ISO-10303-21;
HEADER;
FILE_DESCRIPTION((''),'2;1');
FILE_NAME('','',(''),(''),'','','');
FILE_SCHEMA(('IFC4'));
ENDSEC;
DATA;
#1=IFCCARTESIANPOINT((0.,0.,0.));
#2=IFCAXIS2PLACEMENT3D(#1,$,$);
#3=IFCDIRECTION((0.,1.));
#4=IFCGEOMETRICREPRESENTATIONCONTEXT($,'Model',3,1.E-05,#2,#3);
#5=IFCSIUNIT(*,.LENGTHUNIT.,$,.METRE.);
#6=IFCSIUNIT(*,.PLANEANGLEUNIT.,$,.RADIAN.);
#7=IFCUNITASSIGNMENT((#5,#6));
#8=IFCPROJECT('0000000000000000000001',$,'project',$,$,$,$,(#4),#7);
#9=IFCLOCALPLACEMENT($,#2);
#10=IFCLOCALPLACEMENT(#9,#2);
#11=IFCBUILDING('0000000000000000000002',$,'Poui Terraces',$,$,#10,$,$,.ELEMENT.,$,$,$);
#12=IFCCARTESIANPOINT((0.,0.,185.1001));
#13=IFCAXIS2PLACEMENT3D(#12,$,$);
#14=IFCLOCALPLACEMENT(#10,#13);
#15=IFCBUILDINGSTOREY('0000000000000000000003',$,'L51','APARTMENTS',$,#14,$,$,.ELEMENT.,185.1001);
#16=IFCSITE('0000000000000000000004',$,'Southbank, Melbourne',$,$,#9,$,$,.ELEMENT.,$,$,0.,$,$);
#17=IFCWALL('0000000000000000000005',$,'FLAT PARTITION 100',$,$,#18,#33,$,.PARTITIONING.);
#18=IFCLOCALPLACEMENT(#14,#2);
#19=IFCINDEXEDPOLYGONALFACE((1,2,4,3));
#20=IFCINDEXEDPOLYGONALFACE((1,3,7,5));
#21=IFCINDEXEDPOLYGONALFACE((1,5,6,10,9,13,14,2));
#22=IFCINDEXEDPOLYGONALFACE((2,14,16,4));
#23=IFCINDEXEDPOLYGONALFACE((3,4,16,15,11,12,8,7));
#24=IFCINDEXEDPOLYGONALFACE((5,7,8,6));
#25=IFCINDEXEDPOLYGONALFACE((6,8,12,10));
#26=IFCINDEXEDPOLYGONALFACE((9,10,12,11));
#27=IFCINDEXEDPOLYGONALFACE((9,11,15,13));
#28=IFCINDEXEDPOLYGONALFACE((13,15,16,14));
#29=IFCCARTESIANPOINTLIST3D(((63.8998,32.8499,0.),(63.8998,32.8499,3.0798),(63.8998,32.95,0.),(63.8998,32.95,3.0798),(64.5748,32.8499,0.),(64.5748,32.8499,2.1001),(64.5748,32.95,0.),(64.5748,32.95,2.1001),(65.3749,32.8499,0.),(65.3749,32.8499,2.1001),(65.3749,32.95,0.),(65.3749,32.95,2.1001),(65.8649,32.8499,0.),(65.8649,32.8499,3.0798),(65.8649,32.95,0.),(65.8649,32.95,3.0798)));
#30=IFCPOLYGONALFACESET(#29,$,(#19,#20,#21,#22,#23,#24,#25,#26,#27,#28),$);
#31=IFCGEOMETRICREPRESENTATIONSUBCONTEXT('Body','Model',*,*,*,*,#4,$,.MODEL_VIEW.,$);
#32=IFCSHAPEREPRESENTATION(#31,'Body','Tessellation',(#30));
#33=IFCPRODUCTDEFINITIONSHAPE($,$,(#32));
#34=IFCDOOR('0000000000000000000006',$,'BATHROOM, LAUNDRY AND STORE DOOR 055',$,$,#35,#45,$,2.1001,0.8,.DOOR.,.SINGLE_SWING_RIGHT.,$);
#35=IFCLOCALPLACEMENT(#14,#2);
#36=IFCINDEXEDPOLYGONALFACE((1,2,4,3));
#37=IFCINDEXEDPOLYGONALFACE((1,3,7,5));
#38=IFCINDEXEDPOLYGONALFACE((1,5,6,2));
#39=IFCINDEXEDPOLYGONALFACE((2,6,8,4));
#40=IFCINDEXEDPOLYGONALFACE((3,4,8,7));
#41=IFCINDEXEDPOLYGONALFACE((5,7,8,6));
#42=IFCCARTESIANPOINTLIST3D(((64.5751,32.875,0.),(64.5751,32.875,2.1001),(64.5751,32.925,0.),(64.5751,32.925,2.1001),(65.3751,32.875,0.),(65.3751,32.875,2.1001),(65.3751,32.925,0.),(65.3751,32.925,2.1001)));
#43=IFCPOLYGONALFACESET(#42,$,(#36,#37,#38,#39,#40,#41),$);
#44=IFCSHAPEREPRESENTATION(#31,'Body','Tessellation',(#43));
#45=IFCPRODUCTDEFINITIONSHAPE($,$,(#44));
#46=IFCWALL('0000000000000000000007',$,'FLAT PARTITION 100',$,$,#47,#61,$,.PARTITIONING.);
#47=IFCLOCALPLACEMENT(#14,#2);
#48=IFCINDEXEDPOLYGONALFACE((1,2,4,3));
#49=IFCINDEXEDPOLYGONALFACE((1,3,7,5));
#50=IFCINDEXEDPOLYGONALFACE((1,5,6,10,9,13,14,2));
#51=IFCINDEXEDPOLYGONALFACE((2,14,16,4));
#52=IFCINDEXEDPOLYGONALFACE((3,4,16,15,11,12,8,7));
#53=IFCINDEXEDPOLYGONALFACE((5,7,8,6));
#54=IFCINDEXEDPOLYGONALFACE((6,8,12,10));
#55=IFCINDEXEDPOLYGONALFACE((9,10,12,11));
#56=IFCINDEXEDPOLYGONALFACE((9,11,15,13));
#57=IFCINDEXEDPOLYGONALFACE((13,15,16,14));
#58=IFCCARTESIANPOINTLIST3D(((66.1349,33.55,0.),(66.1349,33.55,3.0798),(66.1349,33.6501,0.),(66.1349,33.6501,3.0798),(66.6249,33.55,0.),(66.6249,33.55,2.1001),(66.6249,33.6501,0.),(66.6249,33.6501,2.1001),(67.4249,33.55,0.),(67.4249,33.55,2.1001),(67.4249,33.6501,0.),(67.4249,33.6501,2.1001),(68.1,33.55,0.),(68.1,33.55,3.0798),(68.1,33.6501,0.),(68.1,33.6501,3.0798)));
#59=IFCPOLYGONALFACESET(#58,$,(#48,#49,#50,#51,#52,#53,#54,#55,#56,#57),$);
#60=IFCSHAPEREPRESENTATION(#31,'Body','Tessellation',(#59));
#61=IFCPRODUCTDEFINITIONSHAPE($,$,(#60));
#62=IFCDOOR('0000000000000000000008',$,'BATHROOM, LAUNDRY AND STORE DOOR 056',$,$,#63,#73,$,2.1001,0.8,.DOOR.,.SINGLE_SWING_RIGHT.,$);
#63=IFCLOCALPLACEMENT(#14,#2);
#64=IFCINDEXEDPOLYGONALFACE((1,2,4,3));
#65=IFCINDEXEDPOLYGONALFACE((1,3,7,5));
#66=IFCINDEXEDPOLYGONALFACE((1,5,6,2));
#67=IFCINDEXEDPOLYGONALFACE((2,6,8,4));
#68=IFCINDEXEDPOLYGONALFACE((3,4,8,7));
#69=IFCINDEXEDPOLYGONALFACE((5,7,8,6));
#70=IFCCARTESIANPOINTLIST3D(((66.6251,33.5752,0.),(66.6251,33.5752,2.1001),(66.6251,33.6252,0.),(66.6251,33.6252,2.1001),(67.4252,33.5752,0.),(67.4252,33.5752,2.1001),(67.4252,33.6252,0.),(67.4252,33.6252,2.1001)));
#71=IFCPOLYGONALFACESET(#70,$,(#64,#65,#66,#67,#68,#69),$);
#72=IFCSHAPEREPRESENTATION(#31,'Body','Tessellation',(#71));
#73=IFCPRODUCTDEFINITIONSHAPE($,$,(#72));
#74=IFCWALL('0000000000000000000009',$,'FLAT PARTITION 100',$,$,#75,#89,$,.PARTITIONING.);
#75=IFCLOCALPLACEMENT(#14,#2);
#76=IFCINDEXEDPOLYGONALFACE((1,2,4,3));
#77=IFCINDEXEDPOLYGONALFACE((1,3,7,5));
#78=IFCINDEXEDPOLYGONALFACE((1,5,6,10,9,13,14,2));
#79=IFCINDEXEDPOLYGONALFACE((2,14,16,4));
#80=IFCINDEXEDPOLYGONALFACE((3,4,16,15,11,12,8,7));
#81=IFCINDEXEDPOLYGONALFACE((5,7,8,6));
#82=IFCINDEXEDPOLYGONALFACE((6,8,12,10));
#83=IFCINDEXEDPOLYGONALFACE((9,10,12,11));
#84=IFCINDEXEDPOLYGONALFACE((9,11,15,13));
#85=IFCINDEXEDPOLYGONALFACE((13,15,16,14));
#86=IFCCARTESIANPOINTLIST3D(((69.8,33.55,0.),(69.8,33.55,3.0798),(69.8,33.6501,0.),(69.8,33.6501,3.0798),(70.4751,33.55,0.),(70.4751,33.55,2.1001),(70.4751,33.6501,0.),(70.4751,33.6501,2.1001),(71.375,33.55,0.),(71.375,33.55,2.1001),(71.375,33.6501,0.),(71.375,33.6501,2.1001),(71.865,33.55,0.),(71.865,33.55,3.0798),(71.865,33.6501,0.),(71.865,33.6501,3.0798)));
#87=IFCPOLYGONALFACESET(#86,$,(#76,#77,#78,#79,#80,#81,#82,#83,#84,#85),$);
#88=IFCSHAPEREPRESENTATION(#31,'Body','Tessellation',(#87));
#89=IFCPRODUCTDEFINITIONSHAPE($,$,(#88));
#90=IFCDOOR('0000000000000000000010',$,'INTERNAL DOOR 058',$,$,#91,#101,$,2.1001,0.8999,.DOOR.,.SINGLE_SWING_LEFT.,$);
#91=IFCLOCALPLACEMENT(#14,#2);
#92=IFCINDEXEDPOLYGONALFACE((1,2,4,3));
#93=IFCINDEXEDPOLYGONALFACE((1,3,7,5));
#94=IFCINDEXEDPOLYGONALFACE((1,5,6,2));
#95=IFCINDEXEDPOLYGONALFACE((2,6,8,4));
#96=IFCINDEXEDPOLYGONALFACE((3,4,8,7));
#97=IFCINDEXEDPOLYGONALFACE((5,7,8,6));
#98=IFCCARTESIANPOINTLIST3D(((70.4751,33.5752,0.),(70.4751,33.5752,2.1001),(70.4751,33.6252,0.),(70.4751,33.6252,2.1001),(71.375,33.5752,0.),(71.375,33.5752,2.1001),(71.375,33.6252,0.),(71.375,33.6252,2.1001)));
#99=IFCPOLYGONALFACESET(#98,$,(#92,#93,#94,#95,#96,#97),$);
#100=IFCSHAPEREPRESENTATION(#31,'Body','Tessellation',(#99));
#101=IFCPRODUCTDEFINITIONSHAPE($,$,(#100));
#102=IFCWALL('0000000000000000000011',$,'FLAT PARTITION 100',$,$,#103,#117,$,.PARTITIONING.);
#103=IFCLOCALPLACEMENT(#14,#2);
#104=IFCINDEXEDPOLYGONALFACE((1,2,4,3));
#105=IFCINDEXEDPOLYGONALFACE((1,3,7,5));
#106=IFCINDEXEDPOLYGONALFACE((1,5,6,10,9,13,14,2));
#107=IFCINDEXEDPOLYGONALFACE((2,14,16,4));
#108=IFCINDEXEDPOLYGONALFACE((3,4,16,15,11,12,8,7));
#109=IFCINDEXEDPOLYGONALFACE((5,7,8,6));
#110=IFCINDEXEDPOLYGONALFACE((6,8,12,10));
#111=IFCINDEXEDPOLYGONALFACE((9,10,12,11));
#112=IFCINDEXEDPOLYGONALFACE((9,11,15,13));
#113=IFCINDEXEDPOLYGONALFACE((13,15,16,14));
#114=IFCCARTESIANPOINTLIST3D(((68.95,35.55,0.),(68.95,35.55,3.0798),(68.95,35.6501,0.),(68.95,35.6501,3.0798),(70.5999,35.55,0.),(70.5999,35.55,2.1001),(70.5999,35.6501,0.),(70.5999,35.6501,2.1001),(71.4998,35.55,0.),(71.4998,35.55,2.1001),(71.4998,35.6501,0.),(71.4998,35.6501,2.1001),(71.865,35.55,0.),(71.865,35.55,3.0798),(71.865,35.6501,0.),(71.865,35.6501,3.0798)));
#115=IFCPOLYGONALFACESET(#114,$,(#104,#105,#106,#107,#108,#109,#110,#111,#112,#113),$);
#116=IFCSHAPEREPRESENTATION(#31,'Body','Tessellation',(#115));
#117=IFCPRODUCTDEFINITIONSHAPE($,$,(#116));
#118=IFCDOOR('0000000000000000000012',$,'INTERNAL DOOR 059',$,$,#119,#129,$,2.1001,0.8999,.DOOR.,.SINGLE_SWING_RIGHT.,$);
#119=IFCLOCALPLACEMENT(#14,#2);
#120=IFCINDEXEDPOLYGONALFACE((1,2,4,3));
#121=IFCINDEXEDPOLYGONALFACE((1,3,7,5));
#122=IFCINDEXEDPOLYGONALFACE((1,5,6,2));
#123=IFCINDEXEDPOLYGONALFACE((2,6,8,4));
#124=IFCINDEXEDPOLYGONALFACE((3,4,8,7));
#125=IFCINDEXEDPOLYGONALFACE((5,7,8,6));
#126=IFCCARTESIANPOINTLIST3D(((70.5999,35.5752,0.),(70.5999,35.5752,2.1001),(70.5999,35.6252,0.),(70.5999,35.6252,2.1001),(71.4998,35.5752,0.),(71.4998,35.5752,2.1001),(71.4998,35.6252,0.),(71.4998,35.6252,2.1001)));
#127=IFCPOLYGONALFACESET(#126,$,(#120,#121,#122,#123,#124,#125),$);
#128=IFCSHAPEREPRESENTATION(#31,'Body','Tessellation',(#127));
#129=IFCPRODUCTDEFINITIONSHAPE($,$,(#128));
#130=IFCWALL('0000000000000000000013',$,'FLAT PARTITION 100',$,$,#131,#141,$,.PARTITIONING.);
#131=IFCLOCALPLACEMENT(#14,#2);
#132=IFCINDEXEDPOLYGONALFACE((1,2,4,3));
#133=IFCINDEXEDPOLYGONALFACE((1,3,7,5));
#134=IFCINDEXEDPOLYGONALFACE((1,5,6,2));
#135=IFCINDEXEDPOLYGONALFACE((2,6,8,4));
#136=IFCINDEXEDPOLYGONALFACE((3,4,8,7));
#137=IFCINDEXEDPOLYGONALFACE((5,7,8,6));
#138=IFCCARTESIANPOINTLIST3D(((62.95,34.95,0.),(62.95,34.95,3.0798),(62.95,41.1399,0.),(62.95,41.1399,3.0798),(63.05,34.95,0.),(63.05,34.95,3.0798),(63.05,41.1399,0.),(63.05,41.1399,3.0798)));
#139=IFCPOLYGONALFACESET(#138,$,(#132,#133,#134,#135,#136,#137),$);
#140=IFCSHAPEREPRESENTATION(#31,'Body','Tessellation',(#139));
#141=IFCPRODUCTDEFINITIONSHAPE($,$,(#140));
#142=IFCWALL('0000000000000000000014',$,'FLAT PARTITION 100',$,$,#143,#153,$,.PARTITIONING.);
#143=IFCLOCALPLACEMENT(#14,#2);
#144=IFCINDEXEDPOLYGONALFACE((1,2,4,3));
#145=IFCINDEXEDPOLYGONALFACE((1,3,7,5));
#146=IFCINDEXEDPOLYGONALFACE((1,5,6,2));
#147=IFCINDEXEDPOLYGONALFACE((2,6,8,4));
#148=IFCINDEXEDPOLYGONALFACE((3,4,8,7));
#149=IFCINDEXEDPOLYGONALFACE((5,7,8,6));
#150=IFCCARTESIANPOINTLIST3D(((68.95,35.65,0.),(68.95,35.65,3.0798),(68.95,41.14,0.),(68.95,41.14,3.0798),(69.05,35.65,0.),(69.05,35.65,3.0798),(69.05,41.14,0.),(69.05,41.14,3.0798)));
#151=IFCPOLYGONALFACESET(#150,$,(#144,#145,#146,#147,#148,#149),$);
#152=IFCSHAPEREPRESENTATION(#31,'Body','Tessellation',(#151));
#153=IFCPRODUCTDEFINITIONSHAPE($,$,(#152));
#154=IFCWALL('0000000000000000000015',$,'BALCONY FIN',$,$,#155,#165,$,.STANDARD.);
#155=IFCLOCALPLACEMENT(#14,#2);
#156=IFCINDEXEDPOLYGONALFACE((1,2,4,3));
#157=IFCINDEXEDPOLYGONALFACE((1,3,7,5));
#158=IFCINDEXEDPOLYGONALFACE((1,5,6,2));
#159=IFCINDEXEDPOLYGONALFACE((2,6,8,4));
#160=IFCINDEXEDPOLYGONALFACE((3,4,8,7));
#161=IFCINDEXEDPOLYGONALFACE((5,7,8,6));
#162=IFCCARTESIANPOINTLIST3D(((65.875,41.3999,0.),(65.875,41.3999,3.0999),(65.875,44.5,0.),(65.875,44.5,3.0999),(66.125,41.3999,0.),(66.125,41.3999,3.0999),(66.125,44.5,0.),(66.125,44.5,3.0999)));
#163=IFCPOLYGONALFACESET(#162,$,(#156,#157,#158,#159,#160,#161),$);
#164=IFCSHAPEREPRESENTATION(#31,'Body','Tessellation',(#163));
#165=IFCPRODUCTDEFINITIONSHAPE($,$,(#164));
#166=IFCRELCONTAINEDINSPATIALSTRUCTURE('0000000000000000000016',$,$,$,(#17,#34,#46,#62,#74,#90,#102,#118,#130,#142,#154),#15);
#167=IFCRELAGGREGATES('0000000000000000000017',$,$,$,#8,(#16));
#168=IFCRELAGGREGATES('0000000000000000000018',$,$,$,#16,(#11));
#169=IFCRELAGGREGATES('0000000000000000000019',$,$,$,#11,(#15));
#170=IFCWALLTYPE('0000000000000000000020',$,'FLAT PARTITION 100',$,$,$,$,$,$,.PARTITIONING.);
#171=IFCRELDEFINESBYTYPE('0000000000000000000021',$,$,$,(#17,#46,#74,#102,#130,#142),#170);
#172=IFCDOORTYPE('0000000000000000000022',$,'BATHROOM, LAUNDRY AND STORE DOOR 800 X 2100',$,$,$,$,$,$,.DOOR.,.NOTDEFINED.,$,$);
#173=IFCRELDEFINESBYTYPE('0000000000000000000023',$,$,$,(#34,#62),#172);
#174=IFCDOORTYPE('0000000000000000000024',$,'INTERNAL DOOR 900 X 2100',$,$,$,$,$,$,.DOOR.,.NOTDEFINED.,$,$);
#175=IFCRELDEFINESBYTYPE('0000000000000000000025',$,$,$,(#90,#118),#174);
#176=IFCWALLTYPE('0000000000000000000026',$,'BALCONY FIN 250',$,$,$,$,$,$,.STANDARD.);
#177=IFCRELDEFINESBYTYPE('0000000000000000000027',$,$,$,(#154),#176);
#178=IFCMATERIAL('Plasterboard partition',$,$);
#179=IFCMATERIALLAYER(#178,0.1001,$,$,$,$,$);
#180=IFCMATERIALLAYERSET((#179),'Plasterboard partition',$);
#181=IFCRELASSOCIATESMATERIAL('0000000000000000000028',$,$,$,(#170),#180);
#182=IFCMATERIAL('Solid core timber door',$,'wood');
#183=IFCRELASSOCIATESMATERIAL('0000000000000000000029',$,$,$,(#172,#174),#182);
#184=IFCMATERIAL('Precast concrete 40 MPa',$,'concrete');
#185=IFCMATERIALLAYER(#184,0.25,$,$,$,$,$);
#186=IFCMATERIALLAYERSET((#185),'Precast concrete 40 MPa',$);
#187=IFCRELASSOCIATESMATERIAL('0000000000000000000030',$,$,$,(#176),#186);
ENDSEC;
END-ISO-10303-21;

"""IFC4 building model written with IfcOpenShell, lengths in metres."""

from ifc_helpers import new_model, si_unit, direction, frame, frame_2d, origin, place, context, subcontext, project, spatial, polyline, rectangle, outline, extrude, source, transform, mapped, material, layer, layer_set, type_object, element, fill, save


model = new_model("IFC4")

# Units and contexts
model_context = context("Model", 3, precision=1e-05, world=origin(), true_north=direction((0.0, 1.0)))
body_context = subcontext(model_context, "Body", "Model", "MODEL_VIEW")
ifc_project = project(units=[si_unit("LENGTHUNIT", "METRE"), si_unit("PLANEANGLEUNIT", "RADIAN")], contexts=[model_context])

# Site, building, storey
site_placement = place(None, origin())
site = spatial("IfcSite", under=ifc_project, at=site_placement, Name="Southbank, Melbourne", CompositionType="ELEMENT", RefElevation=0.0)
building_placement = place(site_placement, origin())
building = spatial("IfcBuilding", under=site, at=building_placement, Name="Poui Terraces", CompositionType="ELEMENT")
storey_placement = place(building_placement, frame((0.0, 0.0, 185.1001)))
storey = spatial("IfcBuildingStorey", under=building, at=storey_placement, Name="L51", Description="APARTMENTS", CompositionType="ELEMENT", Elevation=185.1001)

# Walls, openings, doors
ifc_material_1 = material(Name="Plasterboard partition")
ifc_layer_1 = layer(ifc_material_1, 0.1001)
ifc_layer_set_1 = layer_set([ifc_layer_1], Name="Plasterboard partition")
wall_type_1 = type_object("IfcWallType", Name="FLAT PARTITION 100", PredefinedType="PARTITIONING", material=ifc_layer_set_1)
wall_1_placement = place(storey_placement, frame((63.8999, 32.8999, 0.0), z_axis=(0.0, 0.0, 1.0), x_axis=(1.0, 0.0, 0.0)))
wall_1 = element("IfcWall", 1, at=wall_1_placement, inside=storey, type_object=wall_type_1, Name="FLAT PARTITION 100", PredefinedType="PARTITIONING", context=body_context, shape_type="SweptSolid", body=[
    extrude(rectangle(XDim=1.9651, YDim=0.1001, at=frame_2d((0.9824, 0.0))), origin(), (0.0, 0.0, 1.0), 3.0798),
])
opening_1_placement = place(wall_1_placement, frame((0.675, 0.0, 0.0)))
opening_1 = element("IfcOpeningElement", 2, at=opening_1_placement, cuts=wall_1, PredefinedType="OPENING", context=body_context, shape_type="SweptSolid", body=[
    extrude(rectangle(XDim=0.8, YDim=2.1001, at=frame_2d((0.3999, 1.05))), frame((0.0, 0.0601, 0.0), z_axis=(0.0, -1.0, 0.0), x_axis=(1.0, 0.0, 0.0)), (0.0, 0.0, 1.0), 0.1201),
])
ifc_material_2 = material(Name="Solid core timber door", Category="wood")
door_type_1 = type_object("IfcDoorType", Name="BATHROOM, LAUNDRY AND STORE DOOR 800 X 2100", OperationType="NOTDEFINED", PredefinedType="DOOR", material=ifc_material_2)
door_1_placement = place(opening_1_placement, frame((0.8, 0.0, 0.0), z_axis=(0.0, 0.0, 1.0), x_axis=(-1.0, 0.0, 0.0)))
door_1 = element("IfcDoor", 3, at=door_1_placement, inside=storey, type_object=door_type_1, Name="BATHROOM, LAUNDRY AND STORE DOOR 055", OperationType="SINGLE_SWING_RIGHT", OverallHeight=2.1001, OverallWidth=0.8, PredefinedType="DOOR", context=body_context, shape_type="SweptSolid", body=[
    extrude(rectangle(XDim=0.8, YDim=2.1001, at=frame_2d((0.3999, 1.05))), frame((0.0, 0.0249, 0.0), z_axis=(0.0, -1.0, 0.0), x_axis=(1.0, 0.0, 0.0)), (0.0, 0.0, 1.0), 0.05),
])
fill(opening_1, door_1)
wall_2_placement = place(storey_placement, frame((66.135, 33.6001, 0.0), z_axis=(0.0, 0.0, 1.0), x_axis=(1.0, 0.0, 0.0)))
wall_2 = element("IfcWall", 4, at=wall_2_placement, inside=storey, type_object=wall_type_1, Name="FLAT PARTITION 100", PredefinedType="PARTITIONING", context=body_context, shape_type="SweptSolid", body=[
    extrude(rectangle(XDim=1.9651, YDim=0.1001, at=frame_2d((0.9824, 0.0))), origin(), (0.0, 0.0, 1.0), 3.0798),
])
opening_2_placement = place(wall_2_placement, frame((0.49, 0.0, 0.0)))
opening_2 = element("IfcOpeningElement", 5, at=opening_2_placement, cuts=wall_2, PredefinedType="OPENING", context=body_context, shape_type="SweptSolid", body=[
    extrude(rectangle(XDim=0.8, YDim=2.1001, at=frame_2d((0.3999, 1.05))), frame((0.0, 0.0601, 0.0), z_axis=(0.0, -1.0, 0.0), x_axis=(1.0, 0.0, 0.0)), (0.0, 0.0, 1.0), 0.1201),
])
door_2_placement = place(opening_2_placement, frame((0.8, 0.0, 0.0), z_axis=(0.0, 0.0, 1.0), x_axis=(-1.0, 0.0, 0.0)))
door_2 = element("IfcDoor", 6, at=door_2_placement, inside=storey, type_object=door_type_1, Name="BATHROOM, LAUNDRY AND STORE DOOR 056", OperationType="SINGLE_SWING_RIGHT", OverallHeight=2.1001, OverallWidth=0.8, PredefinedType="DOOR", context=body_context, shape_type="SweptSolid", body=[
    extrude(rectangle(XDim=0.8, YDim=2.1001, at=frame_2d((0.3999, 1.05))), frame((0.0, 0.0249, 0.0), z_axis=(0.0, -1.0, 0.0), x_axis=(1.0, 0.0, 0.0)), (0.0, 0.0, 1.0), 0.05),
])
fill(opening_2, door_2)
wall_3_placement = place(storey_placement, frame((69.8, 33.6001, 0.0), z_axis=(0.0, 0.0, 1.0), x_axis=(1.0, 0.0, 0.0)))
wall_3 = element("IfcWall", 7, at=wall_3_placement, inside=storey, type_object=wall_type_1, Name="FLAT PARTITION 100", PredefinedType="PARTITIONING", context=body_context, shape_type="SweptSolid", body=[
    extrude(rectangle(XDim=2.0649, YDim=0.1001, at=frame_2d((1.0325, 0.0))), origin(), (0.0, 0.0, 1.0), 3.0798),
])
opening_3_placement = place(wall_3_placement, frame((0.675, 0.0, 0.0)))
opening_3 = element("IfcOpeningElement", 8, at=opening_3_placement, cuts=wall_3, PredefinedType="OPENING", context=body_context, shape_type="SweptSolid", body=[
    extrude(rectangle(XDim=0.8999, YDim=2.1001, at=frame_2d((0.45, 1.05))), frame((0.0, 0.0601, 0.0), z_axis=(0.0, -1.0, 0.0), x_axis=(1.0, 0.0, 0.0)), (0.0, 0.0, 1.0), 0.1201),
])
door_type_2 = type_object("IfcDoorType", Name="INTERNAL DOOR 900 X 2100", OperationType="NOTDEFINED", PredefinedType="DOOR", material=ifc_material_2)
door_3_placement = place(opening_3_placement, frame((0.8999, 0.0, 0.0), z_axis=(0.0, 0.0, 1.0), x_axis=(-1.0, 0.0, 0.0)))
door_3 = element("IfcDoor", 9, at=door_3_placement, inside=storey, type_object=door_type_2, Name="INTERNAL DOOR 058", OperationType="SINGLE_SWING_LEFT", OverallHeight=2.1001, OverallWidth=0.8999, PredefinedType="DOOR", context=body_context, shape_type="SweptSolid", body=[
    extrude(rectangle(XDim=0.8999, YDim=2.1001, at=frame_2d((0.45, 1.05))), frame((0.0, 0.0249, 0.0), z_axis=(0.0, -1.0, 0.0), x_axis=(1.0, 0.0, 0.0)), (0.0, 0.0, 1.0), 0.05),
])
fill(opening_3, door_3)
wall_4_placement = place(storey_placement, frame((68.95, 35.6001, 0.0), z_axis=(0.0, 0.0, 1.0), x_axis=(1.0, 0.0, 0.0)))
wall_4 = element("IfcWall", 10, at=wall_4_placement, inside=storey, type_object=wall_type_1, Name="FLAT PARTITION 100", PredefinedType="PARTITIONING", context=body_context, shape_type="SweptSolid", body=[
    extrude(rectangle(XDim=2.915, YDim=0.1001, at=frame_2d((1.4575, 0.0))), origin(), (0.0, 0.0, 1.0), 3.0798),
])
opening_4_placement = place(wall_4_placement, frame((1.6499, 0.0, 0.0)))
opening_4 = element("IfcOpeningElement", 11, at=opening_4_placement, cuts=wall_4, PredefinedType="OPENING", context=body_context, shape_type="SweptSolid", body=[
    extrude(rectangle(XDim=0.8999, YDim=2.1001, at=frame_2d((0.45, 1.05))), frame((0.0, 0.0601, 0.0), z_axis=(0.0, -1.0, 0.0), x_axis=(1.0, 0.0, 0.0)), (0.0, 0.0, 1.0), 0.1201),
])
door_4_placement = place(opening_4_placement, frame((0.8999, 0.0, 0.0), z_axis=(0.0, 0.0, 1.0), x_axis=(-1.0, 0.0, 0.0)))
door_4 = element("IfcDoor", 12, at=door_4_placement, inside=storey, type_object=door_type_2, Name="INTERNAL DOOR 059", OperationType="SINGLE_SWING_RIGHT", OverallHeight=2.1001, OverallWidth=0.8999, PredefinedType="DOOR", context=body_context, shape_type="SweptSolid", body=[
    extrude(rectangle(XDim=0.8999, YDim=2.1001, at=frame_2d((0.45, 1.05))), frame((0.0, 0.0249, 0.0), z_axis=(0.0, -1.0, 0.0), x_axis=(1.0, 0.0, 0.0)), (0.0, 0.0, 1.0), 0.05),
])
fill(opening_4, door_4)

# Walls
wall_5_placement = place(storey_placement, frame((63.0, 34.95, 0.0), z_axis=(0.0, 0.0, 1.0), x_axis=(0.0, 1.0, 0.0)))
element("IfcWall", 13, at=wall_5_placement, inside=storey, type_object=wall_type_1, Name="FLAT PARTITION 100", PredefinedType="PARTITIONING", context=body_context, shape_type="SweptSolid", body=[
    extrude(rectangle(XDim=6.1899, YDim=0.1001, at=frame_2d((3.095, 0.0))), origin(), (0.0, 0.0, 1.0), 3.0798),
])
wall_6_placement = place(storey_placement, frame((69.0, 35.6499, 0.0), z_axis=(0.0, 0.0, 1.0), x_axis=(0.0, 1.0, 0.0)))
element("IfcWall", 14, at=wall_6_placement, inside=storey, type_object=wall_type_1, Name="FLAT PARTITION 100", PredefinedType="PARTITIONING", context=body_context, shape_type="SweptSolid", body=[
    extrude(rectangle(XDim=5.49, YDim=0.1001, at=frame_2d((2.7451, 0.0))), origin(), (0.0, 0.0, 1.0), 3.0798),
])
ifc_material_3 = material(Name="Precast concrete 40 MPa", Category="concrete")
ifc_layer_2 = layer(ifc_material_3, 0.25)
ifc_layer_set_2 = layer_set([ifc_layer_2], Name="Precast concrete 40 MPa")
wall_type_2 = type_object("IfcWallType", Name="BALCONY FIN 250", PredefinedType="STANDARD", material=ifc_layer_set_2)
shared_shape_1 = source(origin(), body_context, "Body", "SweptSolid", [
    extrude(outline(polyline([(0.0, 0.0), (0.25, 0.0), (0.25, 3.1001), (0.0, 3.1001), (0.0, 0.0)])), origin(), (0.0, 0.0, 1.0), 3.0999),
])
wall_7_placement = place(storey_placement, frame((65.875, 41.3999, 0.0)))
element("IfcWall", 15, at=wall_7_placement, inside=storey, type_object=wall_type_2, Name="BALCONY FIN", PredefinedType="STANDARD", context=body_context, shape_type="MappedRepresentation", body=[
    mapped(shared_shape_1, transform((0.0, 0.0, 0.0))),
])

save(model, "model.ifc")
